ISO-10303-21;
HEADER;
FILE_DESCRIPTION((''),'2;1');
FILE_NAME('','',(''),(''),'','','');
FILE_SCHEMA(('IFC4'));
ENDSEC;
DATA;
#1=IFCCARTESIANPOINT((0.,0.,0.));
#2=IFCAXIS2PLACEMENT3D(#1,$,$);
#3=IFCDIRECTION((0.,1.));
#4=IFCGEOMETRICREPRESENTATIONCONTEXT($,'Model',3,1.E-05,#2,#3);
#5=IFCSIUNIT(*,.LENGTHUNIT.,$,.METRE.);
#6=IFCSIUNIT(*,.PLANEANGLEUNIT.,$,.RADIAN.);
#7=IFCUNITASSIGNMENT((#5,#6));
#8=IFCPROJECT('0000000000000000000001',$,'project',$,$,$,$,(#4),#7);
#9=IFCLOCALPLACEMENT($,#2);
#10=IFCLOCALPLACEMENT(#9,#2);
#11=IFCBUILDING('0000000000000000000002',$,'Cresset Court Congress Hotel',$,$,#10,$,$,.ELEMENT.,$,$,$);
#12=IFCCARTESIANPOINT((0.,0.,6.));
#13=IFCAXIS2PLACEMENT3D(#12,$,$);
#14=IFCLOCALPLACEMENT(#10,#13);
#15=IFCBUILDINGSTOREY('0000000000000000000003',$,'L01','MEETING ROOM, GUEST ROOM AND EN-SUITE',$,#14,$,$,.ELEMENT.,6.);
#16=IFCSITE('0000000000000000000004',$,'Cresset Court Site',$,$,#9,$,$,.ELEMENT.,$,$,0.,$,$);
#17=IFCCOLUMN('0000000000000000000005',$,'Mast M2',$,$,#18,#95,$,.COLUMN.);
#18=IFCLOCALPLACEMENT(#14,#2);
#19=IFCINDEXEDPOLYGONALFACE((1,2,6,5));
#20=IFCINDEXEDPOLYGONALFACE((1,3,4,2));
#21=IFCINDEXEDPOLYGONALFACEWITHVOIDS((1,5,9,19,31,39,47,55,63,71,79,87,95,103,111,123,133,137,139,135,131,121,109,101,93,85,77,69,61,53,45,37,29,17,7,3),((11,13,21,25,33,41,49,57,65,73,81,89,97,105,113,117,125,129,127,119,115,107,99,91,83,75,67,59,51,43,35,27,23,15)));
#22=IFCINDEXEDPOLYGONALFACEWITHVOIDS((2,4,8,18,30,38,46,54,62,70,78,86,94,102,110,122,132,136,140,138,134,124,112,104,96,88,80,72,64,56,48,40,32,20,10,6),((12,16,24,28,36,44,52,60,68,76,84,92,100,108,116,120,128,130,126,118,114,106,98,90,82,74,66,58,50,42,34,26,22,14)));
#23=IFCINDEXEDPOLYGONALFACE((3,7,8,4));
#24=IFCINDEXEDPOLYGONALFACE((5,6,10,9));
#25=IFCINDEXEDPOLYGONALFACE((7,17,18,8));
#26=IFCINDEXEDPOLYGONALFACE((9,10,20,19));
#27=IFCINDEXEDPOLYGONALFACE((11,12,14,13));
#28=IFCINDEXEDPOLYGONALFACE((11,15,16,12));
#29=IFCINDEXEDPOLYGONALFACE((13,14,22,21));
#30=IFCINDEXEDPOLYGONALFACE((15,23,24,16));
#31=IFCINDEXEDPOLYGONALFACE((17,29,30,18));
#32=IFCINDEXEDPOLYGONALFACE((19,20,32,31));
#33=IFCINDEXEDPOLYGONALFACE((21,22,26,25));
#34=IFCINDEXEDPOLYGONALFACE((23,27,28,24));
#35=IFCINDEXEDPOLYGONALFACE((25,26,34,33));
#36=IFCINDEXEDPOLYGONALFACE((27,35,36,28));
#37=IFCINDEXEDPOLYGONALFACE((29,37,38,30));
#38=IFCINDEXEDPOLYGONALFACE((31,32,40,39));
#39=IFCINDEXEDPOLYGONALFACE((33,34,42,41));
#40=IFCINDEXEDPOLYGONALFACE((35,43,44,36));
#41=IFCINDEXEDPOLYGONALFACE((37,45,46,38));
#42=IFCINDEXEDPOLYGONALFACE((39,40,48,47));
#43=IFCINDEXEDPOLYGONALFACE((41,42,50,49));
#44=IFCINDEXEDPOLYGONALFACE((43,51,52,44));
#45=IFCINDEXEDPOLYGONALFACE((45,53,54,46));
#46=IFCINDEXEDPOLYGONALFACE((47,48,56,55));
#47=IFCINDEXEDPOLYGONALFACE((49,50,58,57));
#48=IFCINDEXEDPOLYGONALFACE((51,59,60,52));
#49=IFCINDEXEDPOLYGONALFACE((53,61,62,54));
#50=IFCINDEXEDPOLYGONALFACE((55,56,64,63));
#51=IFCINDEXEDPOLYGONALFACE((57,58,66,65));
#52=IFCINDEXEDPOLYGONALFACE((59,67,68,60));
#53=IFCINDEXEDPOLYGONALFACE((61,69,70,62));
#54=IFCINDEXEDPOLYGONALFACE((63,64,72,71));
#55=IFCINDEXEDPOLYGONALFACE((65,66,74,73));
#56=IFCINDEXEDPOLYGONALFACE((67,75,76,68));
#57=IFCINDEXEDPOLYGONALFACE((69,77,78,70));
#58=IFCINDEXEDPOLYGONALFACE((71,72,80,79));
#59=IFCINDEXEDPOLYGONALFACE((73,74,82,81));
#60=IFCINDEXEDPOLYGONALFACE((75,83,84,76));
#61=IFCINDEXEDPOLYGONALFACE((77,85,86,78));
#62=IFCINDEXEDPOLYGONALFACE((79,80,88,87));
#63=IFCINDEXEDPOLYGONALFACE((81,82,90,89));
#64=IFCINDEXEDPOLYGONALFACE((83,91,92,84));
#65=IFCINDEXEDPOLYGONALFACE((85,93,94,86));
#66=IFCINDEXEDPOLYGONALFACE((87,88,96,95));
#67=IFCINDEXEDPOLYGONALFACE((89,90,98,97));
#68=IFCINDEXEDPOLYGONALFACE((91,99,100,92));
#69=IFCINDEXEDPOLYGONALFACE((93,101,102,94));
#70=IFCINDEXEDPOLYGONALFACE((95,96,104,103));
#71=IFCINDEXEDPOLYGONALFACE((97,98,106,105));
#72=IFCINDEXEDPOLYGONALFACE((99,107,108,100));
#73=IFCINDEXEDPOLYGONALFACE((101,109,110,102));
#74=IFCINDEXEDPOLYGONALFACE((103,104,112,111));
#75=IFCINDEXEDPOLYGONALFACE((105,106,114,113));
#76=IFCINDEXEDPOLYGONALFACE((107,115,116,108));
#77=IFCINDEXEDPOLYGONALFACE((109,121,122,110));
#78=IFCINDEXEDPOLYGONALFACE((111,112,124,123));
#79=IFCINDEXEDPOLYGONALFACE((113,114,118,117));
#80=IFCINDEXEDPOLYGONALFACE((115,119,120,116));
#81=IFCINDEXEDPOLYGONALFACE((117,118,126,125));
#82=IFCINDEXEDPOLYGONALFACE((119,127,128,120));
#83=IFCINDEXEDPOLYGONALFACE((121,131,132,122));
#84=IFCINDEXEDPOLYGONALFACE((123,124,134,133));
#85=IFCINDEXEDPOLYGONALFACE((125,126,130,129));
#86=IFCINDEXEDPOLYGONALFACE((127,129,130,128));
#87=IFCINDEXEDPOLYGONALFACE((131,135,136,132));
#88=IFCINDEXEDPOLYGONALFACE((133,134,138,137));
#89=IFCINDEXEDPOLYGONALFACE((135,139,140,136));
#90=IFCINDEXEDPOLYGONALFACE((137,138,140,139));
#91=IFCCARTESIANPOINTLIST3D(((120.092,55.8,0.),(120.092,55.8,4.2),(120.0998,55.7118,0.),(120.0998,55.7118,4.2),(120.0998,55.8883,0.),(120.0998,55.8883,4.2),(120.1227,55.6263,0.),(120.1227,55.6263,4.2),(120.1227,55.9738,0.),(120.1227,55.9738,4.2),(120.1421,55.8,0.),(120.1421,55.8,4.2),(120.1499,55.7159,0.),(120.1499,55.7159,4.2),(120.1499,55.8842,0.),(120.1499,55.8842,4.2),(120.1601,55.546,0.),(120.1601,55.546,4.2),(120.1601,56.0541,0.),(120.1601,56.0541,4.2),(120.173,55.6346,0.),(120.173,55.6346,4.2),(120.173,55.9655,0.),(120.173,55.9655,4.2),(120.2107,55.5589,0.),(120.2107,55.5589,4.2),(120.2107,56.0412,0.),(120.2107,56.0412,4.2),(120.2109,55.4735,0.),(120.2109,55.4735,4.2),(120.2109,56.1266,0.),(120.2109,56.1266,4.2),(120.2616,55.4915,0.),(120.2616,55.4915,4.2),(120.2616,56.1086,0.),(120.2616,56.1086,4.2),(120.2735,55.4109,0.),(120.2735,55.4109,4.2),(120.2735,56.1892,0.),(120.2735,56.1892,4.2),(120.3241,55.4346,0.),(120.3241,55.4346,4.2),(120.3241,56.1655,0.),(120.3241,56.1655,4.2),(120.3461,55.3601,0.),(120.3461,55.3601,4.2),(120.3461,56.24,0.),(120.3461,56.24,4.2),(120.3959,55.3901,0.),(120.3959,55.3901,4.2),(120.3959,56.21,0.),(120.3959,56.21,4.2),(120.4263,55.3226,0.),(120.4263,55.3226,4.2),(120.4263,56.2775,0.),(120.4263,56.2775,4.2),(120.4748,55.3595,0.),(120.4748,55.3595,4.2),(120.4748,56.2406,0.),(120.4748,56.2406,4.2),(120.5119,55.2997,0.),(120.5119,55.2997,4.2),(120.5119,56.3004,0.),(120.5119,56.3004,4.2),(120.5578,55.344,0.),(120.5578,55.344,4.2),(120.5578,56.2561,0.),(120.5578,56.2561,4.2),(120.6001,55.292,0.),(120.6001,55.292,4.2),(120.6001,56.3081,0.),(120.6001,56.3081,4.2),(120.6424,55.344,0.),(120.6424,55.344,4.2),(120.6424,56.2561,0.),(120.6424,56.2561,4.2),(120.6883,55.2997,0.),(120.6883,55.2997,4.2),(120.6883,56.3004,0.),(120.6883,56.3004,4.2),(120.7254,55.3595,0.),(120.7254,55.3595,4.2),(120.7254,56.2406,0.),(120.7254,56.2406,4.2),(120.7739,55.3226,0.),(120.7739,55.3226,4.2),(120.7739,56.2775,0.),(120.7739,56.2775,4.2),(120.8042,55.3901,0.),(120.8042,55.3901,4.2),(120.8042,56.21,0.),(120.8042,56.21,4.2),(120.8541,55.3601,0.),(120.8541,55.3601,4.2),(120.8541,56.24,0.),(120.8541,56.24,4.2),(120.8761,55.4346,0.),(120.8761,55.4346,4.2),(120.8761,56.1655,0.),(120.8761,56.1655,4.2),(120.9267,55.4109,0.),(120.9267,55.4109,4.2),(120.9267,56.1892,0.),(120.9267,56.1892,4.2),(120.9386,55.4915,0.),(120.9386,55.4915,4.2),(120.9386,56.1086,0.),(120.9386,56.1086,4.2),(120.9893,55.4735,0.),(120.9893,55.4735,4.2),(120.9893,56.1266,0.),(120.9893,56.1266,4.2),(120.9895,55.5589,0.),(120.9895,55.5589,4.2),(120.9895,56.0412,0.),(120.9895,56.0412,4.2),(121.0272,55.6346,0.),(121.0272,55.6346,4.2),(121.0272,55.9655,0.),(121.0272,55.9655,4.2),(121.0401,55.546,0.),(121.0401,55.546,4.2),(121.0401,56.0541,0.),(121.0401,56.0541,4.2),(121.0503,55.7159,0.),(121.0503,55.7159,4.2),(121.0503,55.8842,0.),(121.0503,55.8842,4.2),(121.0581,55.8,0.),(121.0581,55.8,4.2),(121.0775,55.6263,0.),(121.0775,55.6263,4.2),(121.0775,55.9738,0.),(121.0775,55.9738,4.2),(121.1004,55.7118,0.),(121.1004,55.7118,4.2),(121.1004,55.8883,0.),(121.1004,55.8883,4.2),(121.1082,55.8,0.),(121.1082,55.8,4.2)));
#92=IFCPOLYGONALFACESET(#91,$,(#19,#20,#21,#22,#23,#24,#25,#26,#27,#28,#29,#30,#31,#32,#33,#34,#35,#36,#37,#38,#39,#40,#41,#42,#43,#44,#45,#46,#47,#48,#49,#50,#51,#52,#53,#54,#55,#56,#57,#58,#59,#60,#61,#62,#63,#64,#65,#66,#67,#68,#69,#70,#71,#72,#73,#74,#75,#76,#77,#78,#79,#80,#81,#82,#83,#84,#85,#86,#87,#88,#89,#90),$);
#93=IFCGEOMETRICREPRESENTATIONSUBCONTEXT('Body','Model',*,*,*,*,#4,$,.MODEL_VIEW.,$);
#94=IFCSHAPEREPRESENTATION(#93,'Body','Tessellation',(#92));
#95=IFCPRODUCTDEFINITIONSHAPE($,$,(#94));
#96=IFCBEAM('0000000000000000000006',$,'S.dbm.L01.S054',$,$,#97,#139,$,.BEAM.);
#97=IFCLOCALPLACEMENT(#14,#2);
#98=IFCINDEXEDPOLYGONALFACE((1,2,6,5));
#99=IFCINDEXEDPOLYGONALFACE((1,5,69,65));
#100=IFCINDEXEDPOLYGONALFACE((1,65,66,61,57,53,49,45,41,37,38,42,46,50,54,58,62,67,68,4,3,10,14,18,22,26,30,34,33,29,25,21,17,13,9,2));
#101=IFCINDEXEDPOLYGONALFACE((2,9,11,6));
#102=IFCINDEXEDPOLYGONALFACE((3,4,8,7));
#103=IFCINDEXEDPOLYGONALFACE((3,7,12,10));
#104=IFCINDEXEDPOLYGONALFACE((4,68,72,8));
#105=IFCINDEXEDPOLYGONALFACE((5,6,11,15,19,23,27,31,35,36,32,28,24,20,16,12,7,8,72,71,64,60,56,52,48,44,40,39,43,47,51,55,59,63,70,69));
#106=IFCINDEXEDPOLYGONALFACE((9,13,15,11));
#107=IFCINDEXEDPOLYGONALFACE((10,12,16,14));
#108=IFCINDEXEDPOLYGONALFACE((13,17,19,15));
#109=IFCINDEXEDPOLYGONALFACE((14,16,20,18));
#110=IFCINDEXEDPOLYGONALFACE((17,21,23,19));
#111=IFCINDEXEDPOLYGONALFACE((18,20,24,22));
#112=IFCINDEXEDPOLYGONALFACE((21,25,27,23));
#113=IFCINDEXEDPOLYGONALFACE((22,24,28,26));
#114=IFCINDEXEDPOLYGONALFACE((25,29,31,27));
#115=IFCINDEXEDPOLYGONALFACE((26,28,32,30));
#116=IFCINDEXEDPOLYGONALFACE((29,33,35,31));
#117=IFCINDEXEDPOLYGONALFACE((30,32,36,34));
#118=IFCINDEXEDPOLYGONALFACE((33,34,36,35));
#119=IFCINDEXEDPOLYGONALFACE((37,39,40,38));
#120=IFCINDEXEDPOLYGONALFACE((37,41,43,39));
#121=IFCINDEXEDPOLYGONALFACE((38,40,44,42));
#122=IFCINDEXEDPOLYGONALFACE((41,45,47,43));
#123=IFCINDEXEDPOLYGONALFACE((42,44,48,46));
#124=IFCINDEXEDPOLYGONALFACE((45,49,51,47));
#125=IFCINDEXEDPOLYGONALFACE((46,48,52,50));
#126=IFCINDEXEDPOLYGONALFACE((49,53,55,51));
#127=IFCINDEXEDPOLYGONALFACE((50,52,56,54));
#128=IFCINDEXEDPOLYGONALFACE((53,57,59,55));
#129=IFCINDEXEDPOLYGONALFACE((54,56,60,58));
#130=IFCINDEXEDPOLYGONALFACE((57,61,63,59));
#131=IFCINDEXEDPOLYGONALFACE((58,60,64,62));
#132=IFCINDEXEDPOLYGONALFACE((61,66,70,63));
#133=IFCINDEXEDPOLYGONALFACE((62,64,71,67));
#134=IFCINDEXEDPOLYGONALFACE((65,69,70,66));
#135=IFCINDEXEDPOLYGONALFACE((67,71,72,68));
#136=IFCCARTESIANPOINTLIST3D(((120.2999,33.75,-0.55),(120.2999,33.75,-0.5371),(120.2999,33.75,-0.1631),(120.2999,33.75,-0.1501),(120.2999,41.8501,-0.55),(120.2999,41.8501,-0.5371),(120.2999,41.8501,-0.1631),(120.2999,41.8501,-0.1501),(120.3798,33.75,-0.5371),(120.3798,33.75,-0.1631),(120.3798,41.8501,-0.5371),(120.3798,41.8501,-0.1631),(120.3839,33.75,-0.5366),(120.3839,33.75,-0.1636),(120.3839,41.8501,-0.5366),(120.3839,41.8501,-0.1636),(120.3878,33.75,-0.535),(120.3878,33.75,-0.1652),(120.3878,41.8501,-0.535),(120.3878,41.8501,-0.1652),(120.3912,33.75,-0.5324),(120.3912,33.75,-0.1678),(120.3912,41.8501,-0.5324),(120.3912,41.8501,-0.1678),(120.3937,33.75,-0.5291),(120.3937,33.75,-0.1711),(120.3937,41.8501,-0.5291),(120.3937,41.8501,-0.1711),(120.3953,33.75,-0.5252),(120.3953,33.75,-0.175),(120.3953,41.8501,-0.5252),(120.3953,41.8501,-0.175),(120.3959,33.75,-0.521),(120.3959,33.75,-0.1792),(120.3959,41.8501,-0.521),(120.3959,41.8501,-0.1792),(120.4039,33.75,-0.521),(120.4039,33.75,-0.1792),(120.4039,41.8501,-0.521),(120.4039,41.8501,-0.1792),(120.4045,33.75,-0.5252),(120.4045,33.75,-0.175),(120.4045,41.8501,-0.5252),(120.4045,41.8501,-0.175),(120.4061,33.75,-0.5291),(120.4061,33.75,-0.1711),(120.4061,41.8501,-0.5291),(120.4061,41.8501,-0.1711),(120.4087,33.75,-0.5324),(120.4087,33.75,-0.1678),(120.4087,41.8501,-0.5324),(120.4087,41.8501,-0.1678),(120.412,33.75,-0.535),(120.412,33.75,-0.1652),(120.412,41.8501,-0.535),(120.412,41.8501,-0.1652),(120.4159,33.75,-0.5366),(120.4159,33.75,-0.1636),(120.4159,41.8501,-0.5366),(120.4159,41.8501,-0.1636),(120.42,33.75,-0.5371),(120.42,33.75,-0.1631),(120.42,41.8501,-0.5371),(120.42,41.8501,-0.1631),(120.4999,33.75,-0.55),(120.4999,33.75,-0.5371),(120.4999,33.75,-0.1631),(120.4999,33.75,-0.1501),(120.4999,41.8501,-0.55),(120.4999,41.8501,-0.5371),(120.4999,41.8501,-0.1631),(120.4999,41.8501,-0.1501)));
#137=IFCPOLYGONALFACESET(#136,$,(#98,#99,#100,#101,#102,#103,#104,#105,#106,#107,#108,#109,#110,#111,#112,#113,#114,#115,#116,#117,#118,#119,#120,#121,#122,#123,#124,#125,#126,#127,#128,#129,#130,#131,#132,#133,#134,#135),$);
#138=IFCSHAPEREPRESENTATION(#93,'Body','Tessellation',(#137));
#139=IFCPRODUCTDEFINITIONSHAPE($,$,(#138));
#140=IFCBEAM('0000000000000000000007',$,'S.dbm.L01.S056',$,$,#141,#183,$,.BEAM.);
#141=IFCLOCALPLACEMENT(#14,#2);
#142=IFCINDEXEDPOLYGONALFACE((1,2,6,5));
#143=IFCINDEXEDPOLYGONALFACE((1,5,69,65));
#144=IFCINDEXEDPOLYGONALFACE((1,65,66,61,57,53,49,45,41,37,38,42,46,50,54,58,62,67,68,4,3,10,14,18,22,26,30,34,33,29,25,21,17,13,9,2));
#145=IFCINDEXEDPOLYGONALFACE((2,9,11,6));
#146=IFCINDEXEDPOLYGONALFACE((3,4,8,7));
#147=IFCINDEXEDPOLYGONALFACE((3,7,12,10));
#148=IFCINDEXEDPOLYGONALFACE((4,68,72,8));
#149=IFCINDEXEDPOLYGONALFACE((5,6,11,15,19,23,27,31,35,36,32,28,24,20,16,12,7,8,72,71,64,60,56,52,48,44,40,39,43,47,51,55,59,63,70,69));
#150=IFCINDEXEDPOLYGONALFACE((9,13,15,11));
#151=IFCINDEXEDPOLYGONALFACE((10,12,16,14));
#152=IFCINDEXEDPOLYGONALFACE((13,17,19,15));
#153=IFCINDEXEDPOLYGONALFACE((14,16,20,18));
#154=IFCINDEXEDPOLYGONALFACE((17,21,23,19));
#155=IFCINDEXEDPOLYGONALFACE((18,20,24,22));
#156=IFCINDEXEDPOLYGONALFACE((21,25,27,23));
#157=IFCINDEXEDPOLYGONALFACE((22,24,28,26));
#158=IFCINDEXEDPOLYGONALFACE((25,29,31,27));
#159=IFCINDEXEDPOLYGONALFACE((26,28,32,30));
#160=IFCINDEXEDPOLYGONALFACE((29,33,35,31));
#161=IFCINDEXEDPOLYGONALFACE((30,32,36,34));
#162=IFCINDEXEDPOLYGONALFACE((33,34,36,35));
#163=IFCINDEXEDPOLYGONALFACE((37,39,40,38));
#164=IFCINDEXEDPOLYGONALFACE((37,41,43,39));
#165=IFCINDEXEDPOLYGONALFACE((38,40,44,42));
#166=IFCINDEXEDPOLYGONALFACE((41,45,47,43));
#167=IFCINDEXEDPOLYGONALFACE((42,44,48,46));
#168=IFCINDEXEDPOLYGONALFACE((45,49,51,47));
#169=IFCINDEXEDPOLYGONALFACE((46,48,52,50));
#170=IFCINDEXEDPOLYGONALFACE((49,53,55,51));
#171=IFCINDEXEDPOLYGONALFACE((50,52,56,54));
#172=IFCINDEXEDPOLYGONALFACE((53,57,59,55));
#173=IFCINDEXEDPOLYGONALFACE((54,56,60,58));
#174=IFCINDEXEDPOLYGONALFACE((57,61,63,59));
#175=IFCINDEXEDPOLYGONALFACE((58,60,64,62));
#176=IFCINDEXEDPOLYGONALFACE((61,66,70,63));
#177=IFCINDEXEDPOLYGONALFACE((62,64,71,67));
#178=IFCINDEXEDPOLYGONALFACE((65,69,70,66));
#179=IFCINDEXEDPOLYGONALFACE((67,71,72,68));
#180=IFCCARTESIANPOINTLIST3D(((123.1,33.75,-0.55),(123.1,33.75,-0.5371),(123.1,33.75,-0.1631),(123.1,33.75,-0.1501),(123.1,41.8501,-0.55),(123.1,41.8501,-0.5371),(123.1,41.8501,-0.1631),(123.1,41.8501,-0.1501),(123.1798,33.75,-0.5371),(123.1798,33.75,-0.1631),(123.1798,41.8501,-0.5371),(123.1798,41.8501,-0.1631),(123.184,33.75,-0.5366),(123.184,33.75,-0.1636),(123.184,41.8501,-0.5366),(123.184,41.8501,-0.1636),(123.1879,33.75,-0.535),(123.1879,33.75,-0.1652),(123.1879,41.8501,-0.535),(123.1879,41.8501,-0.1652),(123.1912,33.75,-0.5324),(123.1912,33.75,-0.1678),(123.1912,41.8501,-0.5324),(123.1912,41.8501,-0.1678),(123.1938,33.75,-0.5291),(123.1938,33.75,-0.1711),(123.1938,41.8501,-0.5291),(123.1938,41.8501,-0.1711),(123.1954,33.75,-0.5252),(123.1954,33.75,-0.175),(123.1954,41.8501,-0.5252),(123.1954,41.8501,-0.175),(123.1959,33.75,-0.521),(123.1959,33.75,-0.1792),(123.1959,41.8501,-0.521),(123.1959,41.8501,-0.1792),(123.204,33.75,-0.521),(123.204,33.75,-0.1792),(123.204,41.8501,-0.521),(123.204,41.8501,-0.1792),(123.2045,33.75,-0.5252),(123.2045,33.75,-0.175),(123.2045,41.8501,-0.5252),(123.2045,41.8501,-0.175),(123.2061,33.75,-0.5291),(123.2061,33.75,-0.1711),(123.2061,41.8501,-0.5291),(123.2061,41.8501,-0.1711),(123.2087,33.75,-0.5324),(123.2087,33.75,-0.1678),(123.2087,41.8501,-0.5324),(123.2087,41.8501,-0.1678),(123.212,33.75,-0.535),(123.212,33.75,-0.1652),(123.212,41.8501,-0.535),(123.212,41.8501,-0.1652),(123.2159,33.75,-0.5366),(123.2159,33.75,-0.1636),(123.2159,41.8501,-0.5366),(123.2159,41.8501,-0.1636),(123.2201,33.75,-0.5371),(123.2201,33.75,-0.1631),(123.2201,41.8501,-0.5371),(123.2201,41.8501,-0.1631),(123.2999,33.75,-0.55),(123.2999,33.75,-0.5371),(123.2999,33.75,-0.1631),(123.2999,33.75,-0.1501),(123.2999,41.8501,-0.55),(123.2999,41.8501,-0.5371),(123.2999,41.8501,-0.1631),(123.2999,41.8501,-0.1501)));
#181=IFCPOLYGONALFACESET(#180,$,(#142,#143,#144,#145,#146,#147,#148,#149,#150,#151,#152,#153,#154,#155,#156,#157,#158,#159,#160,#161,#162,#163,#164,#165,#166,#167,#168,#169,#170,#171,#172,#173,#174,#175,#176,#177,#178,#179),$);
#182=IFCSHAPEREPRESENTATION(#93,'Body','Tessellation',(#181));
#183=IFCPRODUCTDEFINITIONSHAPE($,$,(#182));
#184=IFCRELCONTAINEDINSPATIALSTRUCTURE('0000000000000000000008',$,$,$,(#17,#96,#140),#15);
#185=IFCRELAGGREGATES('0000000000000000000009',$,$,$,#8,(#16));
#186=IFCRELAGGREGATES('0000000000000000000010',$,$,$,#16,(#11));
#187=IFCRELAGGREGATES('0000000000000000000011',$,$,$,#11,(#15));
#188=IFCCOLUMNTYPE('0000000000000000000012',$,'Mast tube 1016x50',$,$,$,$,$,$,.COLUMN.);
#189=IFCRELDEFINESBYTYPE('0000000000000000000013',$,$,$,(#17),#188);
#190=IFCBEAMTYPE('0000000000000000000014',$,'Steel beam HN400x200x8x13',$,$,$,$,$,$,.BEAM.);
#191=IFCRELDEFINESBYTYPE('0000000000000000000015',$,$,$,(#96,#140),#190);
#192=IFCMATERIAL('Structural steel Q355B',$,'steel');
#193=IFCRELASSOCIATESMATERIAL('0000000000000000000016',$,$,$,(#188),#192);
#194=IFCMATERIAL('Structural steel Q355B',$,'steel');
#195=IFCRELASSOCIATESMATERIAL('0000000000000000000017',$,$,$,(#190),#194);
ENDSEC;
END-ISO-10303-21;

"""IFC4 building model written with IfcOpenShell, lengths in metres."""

from ifc_helpers import new_model, si_unit, direction, frame, origin, origin_2d, place, context, subcontext, project, spatial, hollow_circle, i_section, extrude, material, material_profile, profile_set, type_object, element, save


model = new_model("IFC4")

# Units and contexts
model_context = context("Model", 3, precision=1e-05, world=origin(), true_north=direction((0.0, 1.0)))
body_context = subcontext(model_context, "Body", "Model", "MODEL_VIEW")
ifc_project = project(units=[si_unit("LENGTHUNIT", "METRE"), si_unit("PLANEANGLEUNIT", "RADIAN")], contexts=[model_context])

# Site, building, storey
site_placement = place(None, origin())
site = spatial("IfcSite", under=ifc_project, at=site_placement, Name="Cresset Court Site", CompositionType="ELEMENT", RefElevation=0.0)
building_placement = place(site_placement, origin())
building = spatial("IfcBuilding", under=site, at=building_placement, Name="Cresset Court Congress Hotel", CompositionType="ELEMENT")
storey_placement = place(building_placement, frame((0.0, 0.0, 6.0)))
storey = spatial("IfcBuildingStorey", under=building, at=storey_placement, Name="L01", Description="MEETING ROOM, GUEST ROOM AND EN-SUITE", CompositionType="ELEMENT", Elevation=6.0)

# Column
ifc_material_1 = material(Name="Structural steel Q355B", Category="steel")
ifc_material_profile_1 = material_profile(ifc_material_1, hollow_circle(Radius=0.5081, WallThickness=0.05, at=origin_2d()), Name="CHS1016x50")
ifc_profile_set_1 = profile_set([ifc_material_profile_1], Name="Structural steel Q355B")
column_type = type_object("IfcColumnType", Name="Mast tube 1016x50", PredefinedType="COLUMN", material=ifc_profile_set_1)
column_placement = place(storey_placement, frame((120.6001, 55.8, 0.0), z_axis=(0.0, 0.0, 1.0), x_axis=(1.0, 0.0, 0.0)))
element("IfcColumn", 1, at=column_placement, inside=storey, type_object=column_type, Name="Mast M2", PredefinedType="COLUMN", context=body_context, shape_type="SweptSolid", body=[
    extrude(hollow_circle(Radius=0.5081, WallThickness=0.05, at=origin_2d()), origin(), (0.0, 0.0, 1.0), 4.2),
])

# Beams
ifc_material_2 = material(Name="Structural steel Q355B", Category="steel")
ifc_material_profile_2 = material_profile(ifc_material_2, i_section(OverallWidth=0.2, OverallDepth=0.3999, WebThickness=0.0081, FlangeThickness=0.0129, FilletRadius=0.0161, at=origin_2d()), Name="HN400x200x8x13")
ifc_profile_set_2 = profile_set([ifc_material_profile_2], Name="Structural steel Q355B")
beam_type_1 = type_object("IfcBeamType", Name="Steel beam HN400x200x8x13", PredefinedType="BEAM", material=ifc_profile_set_2)
for number, where, z_axis, x_axis, name in (
    (2, (120.3999, 33.75, -0.3501), (0.0, 1.0, 0.0), (-1.0, 0.0, 0.0), "S.dbm.L01.S054"),
    (3, (123.2, 33.75, -0.3501), (0.0, 1.0, 0.0), (-1.0, 0.0, 0.0), "S.dbm.L01.S056"),
):
    element("IfcBeam", number, at=place(storey_placement, frame(where, z_axis=z_axis, x_axis=x_axis)), inside=storey, type_object=beam_type_1, Name=name, PredefinedType="BEAM", context=body_context, shape_type="SweptSolid", body=[
        extrude(i_section(OverallWidth=0.2, OverallDepth=0.3999, WebThickness=0.0081, FlangeThickness=0.0129, FilletRadius=0.0161, at=origin_2d()), origin(), (0.0, 0.0, 1.0), 8.1001),
    ])

save(model, "model.ifc")
